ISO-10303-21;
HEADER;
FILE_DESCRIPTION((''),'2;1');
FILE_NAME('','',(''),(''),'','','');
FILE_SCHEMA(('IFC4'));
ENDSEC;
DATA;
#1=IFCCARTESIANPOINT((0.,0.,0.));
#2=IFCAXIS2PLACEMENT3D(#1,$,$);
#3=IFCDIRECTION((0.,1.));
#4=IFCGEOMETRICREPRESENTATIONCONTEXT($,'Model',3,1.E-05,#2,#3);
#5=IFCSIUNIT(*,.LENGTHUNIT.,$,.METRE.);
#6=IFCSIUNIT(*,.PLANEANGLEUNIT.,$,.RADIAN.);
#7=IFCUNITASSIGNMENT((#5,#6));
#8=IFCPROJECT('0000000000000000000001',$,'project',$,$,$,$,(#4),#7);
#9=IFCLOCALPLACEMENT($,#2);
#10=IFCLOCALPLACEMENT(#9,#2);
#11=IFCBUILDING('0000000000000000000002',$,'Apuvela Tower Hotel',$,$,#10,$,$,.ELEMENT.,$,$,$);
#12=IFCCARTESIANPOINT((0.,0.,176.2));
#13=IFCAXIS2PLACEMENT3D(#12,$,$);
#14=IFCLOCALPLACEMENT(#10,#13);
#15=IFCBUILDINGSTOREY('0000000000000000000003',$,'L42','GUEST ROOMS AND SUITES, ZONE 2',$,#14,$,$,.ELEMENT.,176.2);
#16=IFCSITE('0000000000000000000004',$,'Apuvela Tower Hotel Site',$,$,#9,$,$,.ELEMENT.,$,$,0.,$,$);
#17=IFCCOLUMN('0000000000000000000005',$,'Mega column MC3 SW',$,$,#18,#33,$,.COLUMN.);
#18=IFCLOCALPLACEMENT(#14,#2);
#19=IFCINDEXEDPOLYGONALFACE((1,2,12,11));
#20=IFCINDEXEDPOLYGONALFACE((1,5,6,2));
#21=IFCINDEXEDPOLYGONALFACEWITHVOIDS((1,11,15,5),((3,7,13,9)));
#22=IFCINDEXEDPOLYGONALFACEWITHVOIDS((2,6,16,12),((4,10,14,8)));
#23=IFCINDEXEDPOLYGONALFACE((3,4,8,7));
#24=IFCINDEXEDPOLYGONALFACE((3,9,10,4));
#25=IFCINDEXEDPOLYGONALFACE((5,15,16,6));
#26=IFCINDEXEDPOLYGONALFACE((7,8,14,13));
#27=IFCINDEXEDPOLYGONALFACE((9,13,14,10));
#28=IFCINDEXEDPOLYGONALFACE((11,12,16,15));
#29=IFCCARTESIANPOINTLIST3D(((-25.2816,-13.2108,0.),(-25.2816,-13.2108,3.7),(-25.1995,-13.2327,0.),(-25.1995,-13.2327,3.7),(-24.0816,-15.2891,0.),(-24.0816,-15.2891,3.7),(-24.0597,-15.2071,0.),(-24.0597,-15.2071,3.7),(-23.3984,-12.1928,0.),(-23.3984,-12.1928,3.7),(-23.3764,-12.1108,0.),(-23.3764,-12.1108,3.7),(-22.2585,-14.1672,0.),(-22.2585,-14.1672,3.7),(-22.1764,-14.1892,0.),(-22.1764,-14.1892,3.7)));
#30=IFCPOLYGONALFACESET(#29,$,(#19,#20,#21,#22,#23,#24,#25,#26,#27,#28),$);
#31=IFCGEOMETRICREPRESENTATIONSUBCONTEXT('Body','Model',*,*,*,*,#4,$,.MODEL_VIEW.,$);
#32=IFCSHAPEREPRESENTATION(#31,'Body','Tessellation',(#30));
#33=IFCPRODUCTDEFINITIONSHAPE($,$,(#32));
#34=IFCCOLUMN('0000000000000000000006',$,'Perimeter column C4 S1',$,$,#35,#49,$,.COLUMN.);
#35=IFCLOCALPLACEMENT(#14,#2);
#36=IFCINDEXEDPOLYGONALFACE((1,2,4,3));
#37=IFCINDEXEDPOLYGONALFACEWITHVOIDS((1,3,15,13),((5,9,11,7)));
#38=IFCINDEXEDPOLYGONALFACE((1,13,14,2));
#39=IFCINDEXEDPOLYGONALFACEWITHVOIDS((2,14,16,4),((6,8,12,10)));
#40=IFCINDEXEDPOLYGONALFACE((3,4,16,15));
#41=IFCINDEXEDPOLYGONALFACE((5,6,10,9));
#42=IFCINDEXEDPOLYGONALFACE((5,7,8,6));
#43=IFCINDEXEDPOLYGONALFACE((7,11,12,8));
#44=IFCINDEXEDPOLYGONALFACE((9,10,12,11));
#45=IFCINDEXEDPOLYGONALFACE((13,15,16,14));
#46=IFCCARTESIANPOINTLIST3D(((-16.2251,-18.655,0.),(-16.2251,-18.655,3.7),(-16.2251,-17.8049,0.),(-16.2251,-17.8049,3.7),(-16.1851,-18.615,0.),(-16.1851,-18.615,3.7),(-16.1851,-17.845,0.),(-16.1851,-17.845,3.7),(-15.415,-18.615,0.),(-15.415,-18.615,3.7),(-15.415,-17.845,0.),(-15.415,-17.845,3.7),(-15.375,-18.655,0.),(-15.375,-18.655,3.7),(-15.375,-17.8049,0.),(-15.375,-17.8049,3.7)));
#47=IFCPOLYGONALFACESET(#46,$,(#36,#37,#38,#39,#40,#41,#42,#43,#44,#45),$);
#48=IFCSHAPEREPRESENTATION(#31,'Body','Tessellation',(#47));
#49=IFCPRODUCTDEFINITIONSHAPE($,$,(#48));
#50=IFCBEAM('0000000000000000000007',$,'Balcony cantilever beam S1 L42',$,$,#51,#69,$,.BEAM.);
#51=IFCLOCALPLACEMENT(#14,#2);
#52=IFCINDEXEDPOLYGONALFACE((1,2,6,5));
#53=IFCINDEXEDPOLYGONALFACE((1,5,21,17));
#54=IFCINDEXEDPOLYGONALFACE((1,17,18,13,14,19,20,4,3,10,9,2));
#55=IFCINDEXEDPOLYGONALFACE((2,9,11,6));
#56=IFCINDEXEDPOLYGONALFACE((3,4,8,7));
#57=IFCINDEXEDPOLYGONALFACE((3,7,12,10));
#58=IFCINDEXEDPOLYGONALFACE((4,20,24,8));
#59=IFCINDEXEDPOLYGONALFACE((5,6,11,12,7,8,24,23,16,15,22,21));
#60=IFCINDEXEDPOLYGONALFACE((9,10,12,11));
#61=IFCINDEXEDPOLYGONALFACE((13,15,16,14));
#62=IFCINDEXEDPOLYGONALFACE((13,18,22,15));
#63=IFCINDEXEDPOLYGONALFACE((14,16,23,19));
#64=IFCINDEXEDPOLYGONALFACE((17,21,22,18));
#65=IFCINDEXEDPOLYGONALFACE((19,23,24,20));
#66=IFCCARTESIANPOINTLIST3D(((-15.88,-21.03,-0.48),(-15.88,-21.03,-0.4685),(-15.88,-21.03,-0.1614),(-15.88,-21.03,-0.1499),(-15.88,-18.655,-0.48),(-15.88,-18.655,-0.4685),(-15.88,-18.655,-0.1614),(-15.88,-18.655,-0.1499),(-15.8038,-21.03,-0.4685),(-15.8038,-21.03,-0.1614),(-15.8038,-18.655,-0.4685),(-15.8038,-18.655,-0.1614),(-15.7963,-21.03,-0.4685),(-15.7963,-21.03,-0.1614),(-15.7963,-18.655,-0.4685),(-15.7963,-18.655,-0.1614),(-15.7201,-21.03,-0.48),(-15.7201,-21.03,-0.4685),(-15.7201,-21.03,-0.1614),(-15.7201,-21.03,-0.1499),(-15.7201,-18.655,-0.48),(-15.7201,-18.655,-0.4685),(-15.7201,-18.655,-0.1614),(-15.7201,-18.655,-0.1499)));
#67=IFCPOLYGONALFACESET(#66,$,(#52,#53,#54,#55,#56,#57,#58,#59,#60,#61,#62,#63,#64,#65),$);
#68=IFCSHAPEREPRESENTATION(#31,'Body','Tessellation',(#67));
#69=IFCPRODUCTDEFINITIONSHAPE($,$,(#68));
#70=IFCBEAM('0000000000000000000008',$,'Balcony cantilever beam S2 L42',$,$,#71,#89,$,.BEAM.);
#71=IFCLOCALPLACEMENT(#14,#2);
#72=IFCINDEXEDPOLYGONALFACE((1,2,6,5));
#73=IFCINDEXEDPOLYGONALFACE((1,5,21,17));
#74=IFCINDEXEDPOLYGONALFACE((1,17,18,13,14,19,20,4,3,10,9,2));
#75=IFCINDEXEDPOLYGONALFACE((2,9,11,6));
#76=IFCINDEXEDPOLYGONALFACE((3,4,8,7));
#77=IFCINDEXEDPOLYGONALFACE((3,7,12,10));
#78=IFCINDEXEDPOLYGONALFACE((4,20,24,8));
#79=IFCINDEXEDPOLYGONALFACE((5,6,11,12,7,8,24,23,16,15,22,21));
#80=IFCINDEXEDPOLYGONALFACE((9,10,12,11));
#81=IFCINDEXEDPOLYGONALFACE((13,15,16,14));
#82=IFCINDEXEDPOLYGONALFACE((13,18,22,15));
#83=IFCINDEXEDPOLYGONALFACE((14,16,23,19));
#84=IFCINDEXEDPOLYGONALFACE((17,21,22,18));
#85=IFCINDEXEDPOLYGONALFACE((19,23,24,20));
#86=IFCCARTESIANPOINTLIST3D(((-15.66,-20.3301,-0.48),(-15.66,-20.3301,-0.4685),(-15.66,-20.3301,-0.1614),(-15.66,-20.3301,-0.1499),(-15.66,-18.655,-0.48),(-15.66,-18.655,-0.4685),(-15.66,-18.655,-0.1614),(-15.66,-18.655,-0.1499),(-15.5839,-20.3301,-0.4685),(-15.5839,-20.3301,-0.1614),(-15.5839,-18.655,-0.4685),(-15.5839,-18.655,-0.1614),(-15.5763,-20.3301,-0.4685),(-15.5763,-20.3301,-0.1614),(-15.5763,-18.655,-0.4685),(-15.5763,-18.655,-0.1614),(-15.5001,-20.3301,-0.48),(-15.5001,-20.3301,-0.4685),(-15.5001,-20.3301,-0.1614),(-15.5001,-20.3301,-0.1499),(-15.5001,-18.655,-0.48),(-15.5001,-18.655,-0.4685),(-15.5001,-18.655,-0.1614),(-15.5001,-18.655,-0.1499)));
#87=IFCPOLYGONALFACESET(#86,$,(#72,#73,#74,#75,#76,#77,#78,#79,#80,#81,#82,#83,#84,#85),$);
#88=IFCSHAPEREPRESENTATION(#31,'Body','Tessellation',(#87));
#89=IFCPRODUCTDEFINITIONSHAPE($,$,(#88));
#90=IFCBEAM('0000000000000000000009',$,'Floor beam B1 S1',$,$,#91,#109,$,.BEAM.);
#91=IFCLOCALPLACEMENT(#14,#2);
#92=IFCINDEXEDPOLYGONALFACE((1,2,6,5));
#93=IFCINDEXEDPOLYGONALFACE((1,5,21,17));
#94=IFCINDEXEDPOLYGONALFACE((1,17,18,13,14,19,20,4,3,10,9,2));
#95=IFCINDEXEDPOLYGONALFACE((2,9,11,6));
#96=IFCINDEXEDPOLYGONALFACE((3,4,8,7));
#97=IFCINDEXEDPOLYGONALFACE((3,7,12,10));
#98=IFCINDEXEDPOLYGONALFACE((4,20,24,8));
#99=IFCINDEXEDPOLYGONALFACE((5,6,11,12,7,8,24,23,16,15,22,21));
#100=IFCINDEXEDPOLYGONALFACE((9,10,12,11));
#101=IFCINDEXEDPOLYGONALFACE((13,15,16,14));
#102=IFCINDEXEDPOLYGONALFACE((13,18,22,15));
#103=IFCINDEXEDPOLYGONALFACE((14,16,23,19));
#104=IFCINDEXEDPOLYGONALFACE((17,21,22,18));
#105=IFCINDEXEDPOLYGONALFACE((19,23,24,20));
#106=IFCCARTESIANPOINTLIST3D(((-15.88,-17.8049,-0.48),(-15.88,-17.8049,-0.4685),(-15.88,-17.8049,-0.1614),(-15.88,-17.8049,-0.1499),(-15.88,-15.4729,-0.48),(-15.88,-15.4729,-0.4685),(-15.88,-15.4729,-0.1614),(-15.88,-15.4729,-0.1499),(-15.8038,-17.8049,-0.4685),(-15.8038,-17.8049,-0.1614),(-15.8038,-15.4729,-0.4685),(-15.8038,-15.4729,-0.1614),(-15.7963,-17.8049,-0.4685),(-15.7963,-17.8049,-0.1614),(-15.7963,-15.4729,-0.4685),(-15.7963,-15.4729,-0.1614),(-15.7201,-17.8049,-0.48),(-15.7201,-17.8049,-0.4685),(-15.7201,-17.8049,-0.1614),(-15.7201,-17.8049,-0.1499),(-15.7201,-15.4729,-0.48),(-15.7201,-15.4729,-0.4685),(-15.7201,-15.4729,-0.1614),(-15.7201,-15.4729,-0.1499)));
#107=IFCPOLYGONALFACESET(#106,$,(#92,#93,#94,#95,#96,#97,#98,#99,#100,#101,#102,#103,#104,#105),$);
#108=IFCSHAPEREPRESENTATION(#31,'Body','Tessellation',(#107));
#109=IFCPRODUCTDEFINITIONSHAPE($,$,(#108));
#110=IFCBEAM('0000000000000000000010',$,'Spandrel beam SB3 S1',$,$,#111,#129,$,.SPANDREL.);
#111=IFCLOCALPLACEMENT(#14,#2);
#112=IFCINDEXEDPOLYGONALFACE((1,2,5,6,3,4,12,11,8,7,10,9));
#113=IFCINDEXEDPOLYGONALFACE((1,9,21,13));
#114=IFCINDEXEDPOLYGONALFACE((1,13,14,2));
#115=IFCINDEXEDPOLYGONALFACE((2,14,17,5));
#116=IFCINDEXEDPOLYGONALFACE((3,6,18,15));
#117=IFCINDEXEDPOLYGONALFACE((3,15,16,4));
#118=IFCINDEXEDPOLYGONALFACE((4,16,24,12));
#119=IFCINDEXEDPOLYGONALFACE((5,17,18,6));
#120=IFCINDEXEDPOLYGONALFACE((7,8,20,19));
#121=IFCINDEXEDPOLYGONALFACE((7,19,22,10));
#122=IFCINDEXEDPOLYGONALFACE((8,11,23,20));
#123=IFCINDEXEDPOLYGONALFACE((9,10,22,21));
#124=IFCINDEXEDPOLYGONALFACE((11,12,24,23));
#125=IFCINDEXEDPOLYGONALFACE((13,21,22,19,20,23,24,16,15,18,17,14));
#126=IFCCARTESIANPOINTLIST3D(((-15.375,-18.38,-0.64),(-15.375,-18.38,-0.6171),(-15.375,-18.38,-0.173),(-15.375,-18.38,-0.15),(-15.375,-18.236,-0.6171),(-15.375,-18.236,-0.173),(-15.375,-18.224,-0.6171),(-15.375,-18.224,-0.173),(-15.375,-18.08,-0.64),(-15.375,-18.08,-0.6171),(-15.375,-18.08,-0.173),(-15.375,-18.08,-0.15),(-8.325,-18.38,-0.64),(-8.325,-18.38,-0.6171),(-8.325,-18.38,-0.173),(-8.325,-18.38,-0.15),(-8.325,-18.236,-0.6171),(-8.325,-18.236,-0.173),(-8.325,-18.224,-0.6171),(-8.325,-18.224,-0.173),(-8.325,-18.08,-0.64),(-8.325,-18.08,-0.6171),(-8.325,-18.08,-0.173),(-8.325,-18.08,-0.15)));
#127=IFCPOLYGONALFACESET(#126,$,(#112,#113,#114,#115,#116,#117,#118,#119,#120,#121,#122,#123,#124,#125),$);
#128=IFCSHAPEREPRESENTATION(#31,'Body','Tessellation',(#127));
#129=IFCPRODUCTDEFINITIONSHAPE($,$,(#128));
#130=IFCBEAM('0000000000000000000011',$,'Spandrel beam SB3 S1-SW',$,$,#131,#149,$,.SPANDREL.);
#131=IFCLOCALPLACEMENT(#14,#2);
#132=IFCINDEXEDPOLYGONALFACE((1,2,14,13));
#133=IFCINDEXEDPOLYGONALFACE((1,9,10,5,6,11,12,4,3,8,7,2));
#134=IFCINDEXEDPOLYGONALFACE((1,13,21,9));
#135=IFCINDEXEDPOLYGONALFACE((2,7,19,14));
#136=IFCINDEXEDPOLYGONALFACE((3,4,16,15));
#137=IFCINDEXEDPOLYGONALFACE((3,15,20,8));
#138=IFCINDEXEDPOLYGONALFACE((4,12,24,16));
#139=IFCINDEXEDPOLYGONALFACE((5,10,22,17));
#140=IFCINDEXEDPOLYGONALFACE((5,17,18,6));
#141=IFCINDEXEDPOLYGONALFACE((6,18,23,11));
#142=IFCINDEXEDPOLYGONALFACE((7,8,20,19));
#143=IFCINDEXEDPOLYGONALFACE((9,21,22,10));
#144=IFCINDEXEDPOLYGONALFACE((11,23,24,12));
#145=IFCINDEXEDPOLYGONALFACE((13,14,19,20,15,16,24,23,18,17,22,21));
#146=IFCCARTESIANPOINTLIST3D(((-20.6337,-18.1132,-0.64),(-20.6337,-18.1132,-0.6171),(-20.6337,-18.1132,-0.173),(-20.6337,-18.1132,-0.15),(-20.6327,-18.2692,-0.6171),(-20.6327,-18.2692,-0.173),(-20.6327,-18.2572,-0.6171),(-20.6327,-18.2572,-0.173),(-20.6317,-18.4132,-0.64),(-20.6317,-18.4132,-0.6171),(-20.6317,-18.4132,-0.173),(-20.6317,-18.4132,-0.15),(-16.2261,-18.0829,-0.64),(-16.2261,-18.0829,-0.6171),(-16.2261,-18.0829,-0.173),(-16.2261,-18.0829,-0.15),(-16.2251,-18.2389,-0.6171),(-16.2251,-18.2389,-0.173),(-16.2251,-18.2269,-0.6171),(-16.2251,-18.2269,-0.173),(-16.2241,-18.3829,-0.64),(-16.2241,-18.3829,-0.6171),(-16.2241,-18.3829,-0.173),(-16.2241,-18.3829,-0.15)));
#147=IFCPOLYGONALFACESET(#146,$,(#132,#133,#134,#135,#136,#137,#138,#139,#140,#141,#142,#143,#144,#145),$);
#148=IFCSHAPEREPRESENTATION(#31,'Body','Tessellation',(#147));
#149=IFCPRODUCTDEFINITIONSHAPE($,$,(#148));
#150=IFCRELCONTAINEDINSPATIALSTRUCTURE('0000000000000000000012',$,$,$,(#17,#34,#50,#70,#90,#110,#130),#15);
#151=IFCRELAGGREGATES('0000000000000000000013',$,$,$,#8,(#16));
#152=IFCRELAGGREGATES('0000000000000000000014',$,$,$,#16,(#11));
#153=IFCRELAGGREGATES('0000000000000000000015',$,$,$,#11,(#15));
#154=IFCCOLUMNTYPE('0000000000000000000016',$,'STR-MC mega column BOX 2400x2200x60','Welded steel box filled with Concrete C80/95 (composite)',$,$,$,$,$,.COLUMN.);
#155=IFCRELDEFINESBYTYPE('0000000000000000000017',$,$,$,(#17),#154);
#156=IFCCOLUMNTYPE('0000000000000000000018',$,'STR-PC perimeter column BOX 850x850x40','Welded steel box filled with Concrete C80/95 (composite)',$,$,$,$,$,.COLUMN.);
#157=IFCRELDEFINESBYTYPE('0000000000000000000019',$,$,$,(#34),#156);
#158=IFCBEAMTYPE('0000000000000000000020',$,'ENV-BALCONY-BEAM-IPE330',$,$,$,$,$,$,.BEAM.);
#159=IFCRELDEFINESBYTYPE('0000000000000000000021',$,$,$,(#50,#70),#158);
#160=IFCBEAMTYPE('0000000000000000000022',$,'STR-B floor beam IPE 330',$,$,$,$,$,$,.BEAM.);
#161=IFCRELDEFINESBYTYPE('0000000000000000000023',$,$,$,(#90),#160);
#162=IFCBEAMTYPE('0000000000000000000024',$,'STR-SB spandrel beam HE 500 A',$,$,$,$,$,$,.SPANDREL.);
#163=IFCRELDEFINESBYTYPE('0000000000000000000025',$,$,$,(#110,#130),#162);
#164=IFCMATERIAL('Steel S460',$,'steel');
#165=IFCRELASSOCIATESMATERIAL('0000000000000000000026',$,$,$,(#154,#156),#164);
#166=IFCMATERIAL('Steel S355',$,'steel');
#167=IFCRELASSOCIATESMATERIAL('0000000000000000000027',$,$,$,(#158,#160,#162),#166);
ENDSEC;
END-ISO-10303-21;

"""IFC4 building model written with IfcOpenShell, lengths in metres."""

from ifc_helpers import new_model, si_unit, direction, frame, origin, origin_2d, place, context, subcontext, project, spatial, rectangle, hollow_rectangle, i_section, extrude, material, material_profile, profile_set, type_object, element, save


model = new_model("IFC4")

# Units and contexts
model_context = context("Model", 3, precision=1e-05, world=origin(), true_north=direction((0.0, 1.0)))
body_context = subcontext(model_context, "Body", "Model", "MODEL_VIEW")
ifc_project = project(units=[si_unit("LENGTHUNIT", "METRE"), si_unit("PLANEANGLEUNIT", "RADIAN")], contexts=[model_context])

# Site, building, storey
site_placement = place(None, origin())
site = spatial("IfcSite", under=ifc_project, at=site_placement, Name="Apuvela Tower Hotel Site", CompositionType="ELEMENT", RefElevation=0.0)
building_placement = place(site_placement, origin())
building = spatial("IfcBuilding", under=site, at=building_placement, Name="Apuvela Tower Hotel", CompositionType="ELEMENT")
storey_placement = place(building_placement, frame((0.0, 0.0, 176.2)))
storey = spatial("IfcBuildingStorey", under=building, at=storey_placement, Name="L42", Description="GUEST ROOMS AND SUITES, ZONE 2", CompositionType="ELEMENT", Elevation=176.2)

# Columns
ifc_material_1 = material(Name="Steel S460", Category="steel")
ifc_material_profile_1 = material_profile(ifc_material_1, hollow_rectangle(XDim=2.3999, YDim=2.2, WallThickness=0.0601, at=origin_2d()), Name="BOX 2400x2200x60")
ifc_material_2 = material(Name="Concrete C80/95", Category="concrete")
ifc_material_profile_2 = material_profile(ifc_material_2, rectangle(XDim=2.28, YDim=2.0801, at=origin_2d()), Name="Concrete C80/95 infill")
ifc_profile_set_1 = profile_set([ifc_material_profile_1, ifc_material_profile_2], Name="Steel S460")
column_type_1 = type_object("IfcColumnType", Name="STR-MC mega column BOX 2400x2200x60", Description="Welded steel box filled with Concrete C80/95 (composite)", PredefinedType="COLUMN", material=ifc_profile_set_1)
column_1_placement = place(storey_placement, frame((-23.729, -13.7, 0.0), z_axis=(0.0, 0.0, 1.0), x_axis=(-0.5, 0.866025, 0.0)))
element("IfcColumn", 1, at=column_1_placement, inside=storey, type_object=column_type_1, Name="Mega column MC3 SW", PredefinedType="COLUMN", context=body_context, shape_type="SweptSolid", body=[
    extrude(hollow_rectangle(XDim=2.3999, YDim=2.2, WallThickness=0.0601, at=origin_2d()), origin(), (0.0, 0.0, 1.0), 3.7),
])
ifc_material_profile_3 = material_profile(ifc_material_1, hollow_rectangle(XDim=0.8501, YDim=0.8501, WallThickness=0.04, at=origin_2d()), Name="BOX 850x850x40")
ifc_material_profile_4 = material_profile(ifc_material_2, rectangle(XDim=0.77, YDim=0.77, at=origin_2d()), Name="Concrete C80/95 infill")
ifc_profile_set_2 = profile_set([ifc_material_profile_3, ifc_material_profile_4], Name="Steel S460")
column_type_2 = type_object("IfcColumnType", Name="STR-PC perimeter column BOX 850x850x40", Description="Welded steel box filled with Concrete C80/95 (composite)", PredefinedType="COLUMN", material=ifc_profile_set_2)
column_2_placement = place(storey_placement, frame((-15.8, -18.23, 0.0), z_axis=(0.0, 0.0, 1.0), x_axis=(-1.0, 0.0, 0.0)))
element("IfcColumn", 2, at=column_2_placement, inside=storey, type_object=column_type_2, Name="Perimeter column C4 S1", PredefinedType="COLUMN", context=body_context, shape_type="SweptSolid", body=[
    extrude(hollow_rectangle(XDim=0.8501, YDim=0.8501, WallThickness=0.04, at=origin_2d()), origin(), (0.0, 0.0, 1.0), 3.7),
])

# Beams
ifc_material_3 = material(Name="Steel S355", Category="steel")
ifc_material_profile_5 = material_profile(ifc_material_3, i_section(OverallWidth=0.1599, OverallDepth=0.3301, WebThickness=0.0076, FlangeThickness=0.0115, at=origin_2d()), Name="IPE 330")
ifc_profile_set_3 = profile_set([ifc_material_profile_5], Name="Steel S355")
beam_type_1 = type_object("IfcBeamType", Name="ENV-BALCONY-BEAM-IPE330", PredefinedType="BEAM", material=ifc_profile_set_3)
beam_1_placement = place(storey_placement, frame((-15.8, -18.655, -0.3149), z_axis=(0.0, -1.0, 0.0), x_axis=(1.0, 0.0, 0.0)))
element("IfcBeam", 3, at=beam_1_placement, inside=storey, type_object=beam_type_1, Name="Balcony cantilever beam S1 L42", PredefinedType="BEAM", context=body_context, shape_type="SweptSolid", body=[
    extrude(i_section(OverallWidth=0.1599, OverallDepth=0.3301, WebThickness=0.0076, FlangeThickness=0.0115, at=origin_2d()), origin(), (0.0, 0.0, 1.0), 2.375),
])
beam_2_placement = place(storey_placement, frame((-15.5801, -18.655, -0.3149), z_axis=(0.0, -1.0, 0.0), x_axis=(1.0, 0.0, 0.0)))
element("IfcBeam", 4, at=beam_2_placement, inside=storey, type_object=beam_type_1, Name="Balcony cantilever beam S2 L42", PredefinedType="BEAM", context=body_context, shape_type="SweptSolid", body=[
    extrude(i_section(OverallWidth=0.1599, OverallDepth=0.3301, WebThickness=0.0076, FlangeThickness=0.0115, at=origin_2d()), origin(), (0.0, 0.0, 1.0), 1.675),
])
ifc_material_profile_6 = material_profile(ifc_material_3, i_section(OverallWidth=0.1599, OverallDepth=0.3301, WebThickness=0.0076, FlangeThickness=0.0115, at=origin_2d()), Name="IPE 330")
ifc_profile_set_4 = profile_set([ifc_material_profile_6], Name="Steel S355")
beam_type_2 = type_object("IfcBeamType", Name="STR-B floor beam IPE 330", PredefinedType="BEAM", material=ifc_profile_set_4)
beam_3_placement = place(storey_placement, frame((-15.8, -17.8049, -0.3149), z_axis=(0.0, 1.0, 0.0), x_axis=(-1.0, 0.0, 0.0)))
element("IfcBeam", 5, at=beam_3_placement, inside=storey, type_object=beam_type_2, Name="Floor beam B1 S1", PredefinedType="BEAM", context=body_context, shape_type="SweptSolid", body=[
    extrude(i_section(OverallWidth=0.1599, OverallDepth=0.3301, WebThickness=0.0076, FlangeThickness=0.0115, at=origin_2d()), origin(), (0.0, 0.0, 1.0), 2.332),
])
ifc_material_profile_7 = material_profile(ifc_material_3, i_section(OverallWidth=0.3, OverallDepth=0.49, WebThickness=0.012, FlangeThickness=0.0229, at=origin_2d()), Name="HE 500 A")
ifc_profile_set_5 = profile_set([ifc_material_profile_7], Name="Steel S355")
beam_type_3 = type_object("IfcBeamType", Name="STR-SB spandrel beam HE 500 A", PredefinedType="SPANDREL", material=ifc_profile_set_5)
beam_4_placement = place(storey_placement, frame((-15.375, -18.23, -0.395), z_axis=(1.0, 0.0, 0.0), x_axis=(0.0, 1.0, 0.0)))
element("IfcBeam", 6, at=beam_4_placement, inside=storey, type_object=beam_type_3, Name="Spandrel beam SB3 S1", PredefinedType="SPANDREL", context=body_context, shape_type="SweptSolid", body=[
    extrude(i_section(OverallWidth=0.3, OverallDepth=0.49, WebThickness=0.012, FlangeThickness=0.0229, at=origin_2d()), origin(), (0.0, 0.0, 1.0), 7.05),
])
beam_5_placement = place(storey_placement, frame((-16.2251, -18.2329, -0.395), z_axis=(-0.999976, -0.006868, 0.0), x_axis=(0.006868, -0.999976, 0.0)))
element("IfcBeam", 7, at=beam_5_placement, inside=storey, type_object=beam_type_3, Name="Spandrel beam SB3 S1-SW", PredefinedType="SPANDREL", context=body_context, shape_type="SweptSolid", body=[
    extrude(i_section(OverallWidth=0.3, OverallDepth=0.49, WebThickness=0.012, FlangeThickness=0.0229, at=origin_2d()), origin(), (0.0, 0.0, 1.0), 4.4077),
])

save(model, "model.ifc")
